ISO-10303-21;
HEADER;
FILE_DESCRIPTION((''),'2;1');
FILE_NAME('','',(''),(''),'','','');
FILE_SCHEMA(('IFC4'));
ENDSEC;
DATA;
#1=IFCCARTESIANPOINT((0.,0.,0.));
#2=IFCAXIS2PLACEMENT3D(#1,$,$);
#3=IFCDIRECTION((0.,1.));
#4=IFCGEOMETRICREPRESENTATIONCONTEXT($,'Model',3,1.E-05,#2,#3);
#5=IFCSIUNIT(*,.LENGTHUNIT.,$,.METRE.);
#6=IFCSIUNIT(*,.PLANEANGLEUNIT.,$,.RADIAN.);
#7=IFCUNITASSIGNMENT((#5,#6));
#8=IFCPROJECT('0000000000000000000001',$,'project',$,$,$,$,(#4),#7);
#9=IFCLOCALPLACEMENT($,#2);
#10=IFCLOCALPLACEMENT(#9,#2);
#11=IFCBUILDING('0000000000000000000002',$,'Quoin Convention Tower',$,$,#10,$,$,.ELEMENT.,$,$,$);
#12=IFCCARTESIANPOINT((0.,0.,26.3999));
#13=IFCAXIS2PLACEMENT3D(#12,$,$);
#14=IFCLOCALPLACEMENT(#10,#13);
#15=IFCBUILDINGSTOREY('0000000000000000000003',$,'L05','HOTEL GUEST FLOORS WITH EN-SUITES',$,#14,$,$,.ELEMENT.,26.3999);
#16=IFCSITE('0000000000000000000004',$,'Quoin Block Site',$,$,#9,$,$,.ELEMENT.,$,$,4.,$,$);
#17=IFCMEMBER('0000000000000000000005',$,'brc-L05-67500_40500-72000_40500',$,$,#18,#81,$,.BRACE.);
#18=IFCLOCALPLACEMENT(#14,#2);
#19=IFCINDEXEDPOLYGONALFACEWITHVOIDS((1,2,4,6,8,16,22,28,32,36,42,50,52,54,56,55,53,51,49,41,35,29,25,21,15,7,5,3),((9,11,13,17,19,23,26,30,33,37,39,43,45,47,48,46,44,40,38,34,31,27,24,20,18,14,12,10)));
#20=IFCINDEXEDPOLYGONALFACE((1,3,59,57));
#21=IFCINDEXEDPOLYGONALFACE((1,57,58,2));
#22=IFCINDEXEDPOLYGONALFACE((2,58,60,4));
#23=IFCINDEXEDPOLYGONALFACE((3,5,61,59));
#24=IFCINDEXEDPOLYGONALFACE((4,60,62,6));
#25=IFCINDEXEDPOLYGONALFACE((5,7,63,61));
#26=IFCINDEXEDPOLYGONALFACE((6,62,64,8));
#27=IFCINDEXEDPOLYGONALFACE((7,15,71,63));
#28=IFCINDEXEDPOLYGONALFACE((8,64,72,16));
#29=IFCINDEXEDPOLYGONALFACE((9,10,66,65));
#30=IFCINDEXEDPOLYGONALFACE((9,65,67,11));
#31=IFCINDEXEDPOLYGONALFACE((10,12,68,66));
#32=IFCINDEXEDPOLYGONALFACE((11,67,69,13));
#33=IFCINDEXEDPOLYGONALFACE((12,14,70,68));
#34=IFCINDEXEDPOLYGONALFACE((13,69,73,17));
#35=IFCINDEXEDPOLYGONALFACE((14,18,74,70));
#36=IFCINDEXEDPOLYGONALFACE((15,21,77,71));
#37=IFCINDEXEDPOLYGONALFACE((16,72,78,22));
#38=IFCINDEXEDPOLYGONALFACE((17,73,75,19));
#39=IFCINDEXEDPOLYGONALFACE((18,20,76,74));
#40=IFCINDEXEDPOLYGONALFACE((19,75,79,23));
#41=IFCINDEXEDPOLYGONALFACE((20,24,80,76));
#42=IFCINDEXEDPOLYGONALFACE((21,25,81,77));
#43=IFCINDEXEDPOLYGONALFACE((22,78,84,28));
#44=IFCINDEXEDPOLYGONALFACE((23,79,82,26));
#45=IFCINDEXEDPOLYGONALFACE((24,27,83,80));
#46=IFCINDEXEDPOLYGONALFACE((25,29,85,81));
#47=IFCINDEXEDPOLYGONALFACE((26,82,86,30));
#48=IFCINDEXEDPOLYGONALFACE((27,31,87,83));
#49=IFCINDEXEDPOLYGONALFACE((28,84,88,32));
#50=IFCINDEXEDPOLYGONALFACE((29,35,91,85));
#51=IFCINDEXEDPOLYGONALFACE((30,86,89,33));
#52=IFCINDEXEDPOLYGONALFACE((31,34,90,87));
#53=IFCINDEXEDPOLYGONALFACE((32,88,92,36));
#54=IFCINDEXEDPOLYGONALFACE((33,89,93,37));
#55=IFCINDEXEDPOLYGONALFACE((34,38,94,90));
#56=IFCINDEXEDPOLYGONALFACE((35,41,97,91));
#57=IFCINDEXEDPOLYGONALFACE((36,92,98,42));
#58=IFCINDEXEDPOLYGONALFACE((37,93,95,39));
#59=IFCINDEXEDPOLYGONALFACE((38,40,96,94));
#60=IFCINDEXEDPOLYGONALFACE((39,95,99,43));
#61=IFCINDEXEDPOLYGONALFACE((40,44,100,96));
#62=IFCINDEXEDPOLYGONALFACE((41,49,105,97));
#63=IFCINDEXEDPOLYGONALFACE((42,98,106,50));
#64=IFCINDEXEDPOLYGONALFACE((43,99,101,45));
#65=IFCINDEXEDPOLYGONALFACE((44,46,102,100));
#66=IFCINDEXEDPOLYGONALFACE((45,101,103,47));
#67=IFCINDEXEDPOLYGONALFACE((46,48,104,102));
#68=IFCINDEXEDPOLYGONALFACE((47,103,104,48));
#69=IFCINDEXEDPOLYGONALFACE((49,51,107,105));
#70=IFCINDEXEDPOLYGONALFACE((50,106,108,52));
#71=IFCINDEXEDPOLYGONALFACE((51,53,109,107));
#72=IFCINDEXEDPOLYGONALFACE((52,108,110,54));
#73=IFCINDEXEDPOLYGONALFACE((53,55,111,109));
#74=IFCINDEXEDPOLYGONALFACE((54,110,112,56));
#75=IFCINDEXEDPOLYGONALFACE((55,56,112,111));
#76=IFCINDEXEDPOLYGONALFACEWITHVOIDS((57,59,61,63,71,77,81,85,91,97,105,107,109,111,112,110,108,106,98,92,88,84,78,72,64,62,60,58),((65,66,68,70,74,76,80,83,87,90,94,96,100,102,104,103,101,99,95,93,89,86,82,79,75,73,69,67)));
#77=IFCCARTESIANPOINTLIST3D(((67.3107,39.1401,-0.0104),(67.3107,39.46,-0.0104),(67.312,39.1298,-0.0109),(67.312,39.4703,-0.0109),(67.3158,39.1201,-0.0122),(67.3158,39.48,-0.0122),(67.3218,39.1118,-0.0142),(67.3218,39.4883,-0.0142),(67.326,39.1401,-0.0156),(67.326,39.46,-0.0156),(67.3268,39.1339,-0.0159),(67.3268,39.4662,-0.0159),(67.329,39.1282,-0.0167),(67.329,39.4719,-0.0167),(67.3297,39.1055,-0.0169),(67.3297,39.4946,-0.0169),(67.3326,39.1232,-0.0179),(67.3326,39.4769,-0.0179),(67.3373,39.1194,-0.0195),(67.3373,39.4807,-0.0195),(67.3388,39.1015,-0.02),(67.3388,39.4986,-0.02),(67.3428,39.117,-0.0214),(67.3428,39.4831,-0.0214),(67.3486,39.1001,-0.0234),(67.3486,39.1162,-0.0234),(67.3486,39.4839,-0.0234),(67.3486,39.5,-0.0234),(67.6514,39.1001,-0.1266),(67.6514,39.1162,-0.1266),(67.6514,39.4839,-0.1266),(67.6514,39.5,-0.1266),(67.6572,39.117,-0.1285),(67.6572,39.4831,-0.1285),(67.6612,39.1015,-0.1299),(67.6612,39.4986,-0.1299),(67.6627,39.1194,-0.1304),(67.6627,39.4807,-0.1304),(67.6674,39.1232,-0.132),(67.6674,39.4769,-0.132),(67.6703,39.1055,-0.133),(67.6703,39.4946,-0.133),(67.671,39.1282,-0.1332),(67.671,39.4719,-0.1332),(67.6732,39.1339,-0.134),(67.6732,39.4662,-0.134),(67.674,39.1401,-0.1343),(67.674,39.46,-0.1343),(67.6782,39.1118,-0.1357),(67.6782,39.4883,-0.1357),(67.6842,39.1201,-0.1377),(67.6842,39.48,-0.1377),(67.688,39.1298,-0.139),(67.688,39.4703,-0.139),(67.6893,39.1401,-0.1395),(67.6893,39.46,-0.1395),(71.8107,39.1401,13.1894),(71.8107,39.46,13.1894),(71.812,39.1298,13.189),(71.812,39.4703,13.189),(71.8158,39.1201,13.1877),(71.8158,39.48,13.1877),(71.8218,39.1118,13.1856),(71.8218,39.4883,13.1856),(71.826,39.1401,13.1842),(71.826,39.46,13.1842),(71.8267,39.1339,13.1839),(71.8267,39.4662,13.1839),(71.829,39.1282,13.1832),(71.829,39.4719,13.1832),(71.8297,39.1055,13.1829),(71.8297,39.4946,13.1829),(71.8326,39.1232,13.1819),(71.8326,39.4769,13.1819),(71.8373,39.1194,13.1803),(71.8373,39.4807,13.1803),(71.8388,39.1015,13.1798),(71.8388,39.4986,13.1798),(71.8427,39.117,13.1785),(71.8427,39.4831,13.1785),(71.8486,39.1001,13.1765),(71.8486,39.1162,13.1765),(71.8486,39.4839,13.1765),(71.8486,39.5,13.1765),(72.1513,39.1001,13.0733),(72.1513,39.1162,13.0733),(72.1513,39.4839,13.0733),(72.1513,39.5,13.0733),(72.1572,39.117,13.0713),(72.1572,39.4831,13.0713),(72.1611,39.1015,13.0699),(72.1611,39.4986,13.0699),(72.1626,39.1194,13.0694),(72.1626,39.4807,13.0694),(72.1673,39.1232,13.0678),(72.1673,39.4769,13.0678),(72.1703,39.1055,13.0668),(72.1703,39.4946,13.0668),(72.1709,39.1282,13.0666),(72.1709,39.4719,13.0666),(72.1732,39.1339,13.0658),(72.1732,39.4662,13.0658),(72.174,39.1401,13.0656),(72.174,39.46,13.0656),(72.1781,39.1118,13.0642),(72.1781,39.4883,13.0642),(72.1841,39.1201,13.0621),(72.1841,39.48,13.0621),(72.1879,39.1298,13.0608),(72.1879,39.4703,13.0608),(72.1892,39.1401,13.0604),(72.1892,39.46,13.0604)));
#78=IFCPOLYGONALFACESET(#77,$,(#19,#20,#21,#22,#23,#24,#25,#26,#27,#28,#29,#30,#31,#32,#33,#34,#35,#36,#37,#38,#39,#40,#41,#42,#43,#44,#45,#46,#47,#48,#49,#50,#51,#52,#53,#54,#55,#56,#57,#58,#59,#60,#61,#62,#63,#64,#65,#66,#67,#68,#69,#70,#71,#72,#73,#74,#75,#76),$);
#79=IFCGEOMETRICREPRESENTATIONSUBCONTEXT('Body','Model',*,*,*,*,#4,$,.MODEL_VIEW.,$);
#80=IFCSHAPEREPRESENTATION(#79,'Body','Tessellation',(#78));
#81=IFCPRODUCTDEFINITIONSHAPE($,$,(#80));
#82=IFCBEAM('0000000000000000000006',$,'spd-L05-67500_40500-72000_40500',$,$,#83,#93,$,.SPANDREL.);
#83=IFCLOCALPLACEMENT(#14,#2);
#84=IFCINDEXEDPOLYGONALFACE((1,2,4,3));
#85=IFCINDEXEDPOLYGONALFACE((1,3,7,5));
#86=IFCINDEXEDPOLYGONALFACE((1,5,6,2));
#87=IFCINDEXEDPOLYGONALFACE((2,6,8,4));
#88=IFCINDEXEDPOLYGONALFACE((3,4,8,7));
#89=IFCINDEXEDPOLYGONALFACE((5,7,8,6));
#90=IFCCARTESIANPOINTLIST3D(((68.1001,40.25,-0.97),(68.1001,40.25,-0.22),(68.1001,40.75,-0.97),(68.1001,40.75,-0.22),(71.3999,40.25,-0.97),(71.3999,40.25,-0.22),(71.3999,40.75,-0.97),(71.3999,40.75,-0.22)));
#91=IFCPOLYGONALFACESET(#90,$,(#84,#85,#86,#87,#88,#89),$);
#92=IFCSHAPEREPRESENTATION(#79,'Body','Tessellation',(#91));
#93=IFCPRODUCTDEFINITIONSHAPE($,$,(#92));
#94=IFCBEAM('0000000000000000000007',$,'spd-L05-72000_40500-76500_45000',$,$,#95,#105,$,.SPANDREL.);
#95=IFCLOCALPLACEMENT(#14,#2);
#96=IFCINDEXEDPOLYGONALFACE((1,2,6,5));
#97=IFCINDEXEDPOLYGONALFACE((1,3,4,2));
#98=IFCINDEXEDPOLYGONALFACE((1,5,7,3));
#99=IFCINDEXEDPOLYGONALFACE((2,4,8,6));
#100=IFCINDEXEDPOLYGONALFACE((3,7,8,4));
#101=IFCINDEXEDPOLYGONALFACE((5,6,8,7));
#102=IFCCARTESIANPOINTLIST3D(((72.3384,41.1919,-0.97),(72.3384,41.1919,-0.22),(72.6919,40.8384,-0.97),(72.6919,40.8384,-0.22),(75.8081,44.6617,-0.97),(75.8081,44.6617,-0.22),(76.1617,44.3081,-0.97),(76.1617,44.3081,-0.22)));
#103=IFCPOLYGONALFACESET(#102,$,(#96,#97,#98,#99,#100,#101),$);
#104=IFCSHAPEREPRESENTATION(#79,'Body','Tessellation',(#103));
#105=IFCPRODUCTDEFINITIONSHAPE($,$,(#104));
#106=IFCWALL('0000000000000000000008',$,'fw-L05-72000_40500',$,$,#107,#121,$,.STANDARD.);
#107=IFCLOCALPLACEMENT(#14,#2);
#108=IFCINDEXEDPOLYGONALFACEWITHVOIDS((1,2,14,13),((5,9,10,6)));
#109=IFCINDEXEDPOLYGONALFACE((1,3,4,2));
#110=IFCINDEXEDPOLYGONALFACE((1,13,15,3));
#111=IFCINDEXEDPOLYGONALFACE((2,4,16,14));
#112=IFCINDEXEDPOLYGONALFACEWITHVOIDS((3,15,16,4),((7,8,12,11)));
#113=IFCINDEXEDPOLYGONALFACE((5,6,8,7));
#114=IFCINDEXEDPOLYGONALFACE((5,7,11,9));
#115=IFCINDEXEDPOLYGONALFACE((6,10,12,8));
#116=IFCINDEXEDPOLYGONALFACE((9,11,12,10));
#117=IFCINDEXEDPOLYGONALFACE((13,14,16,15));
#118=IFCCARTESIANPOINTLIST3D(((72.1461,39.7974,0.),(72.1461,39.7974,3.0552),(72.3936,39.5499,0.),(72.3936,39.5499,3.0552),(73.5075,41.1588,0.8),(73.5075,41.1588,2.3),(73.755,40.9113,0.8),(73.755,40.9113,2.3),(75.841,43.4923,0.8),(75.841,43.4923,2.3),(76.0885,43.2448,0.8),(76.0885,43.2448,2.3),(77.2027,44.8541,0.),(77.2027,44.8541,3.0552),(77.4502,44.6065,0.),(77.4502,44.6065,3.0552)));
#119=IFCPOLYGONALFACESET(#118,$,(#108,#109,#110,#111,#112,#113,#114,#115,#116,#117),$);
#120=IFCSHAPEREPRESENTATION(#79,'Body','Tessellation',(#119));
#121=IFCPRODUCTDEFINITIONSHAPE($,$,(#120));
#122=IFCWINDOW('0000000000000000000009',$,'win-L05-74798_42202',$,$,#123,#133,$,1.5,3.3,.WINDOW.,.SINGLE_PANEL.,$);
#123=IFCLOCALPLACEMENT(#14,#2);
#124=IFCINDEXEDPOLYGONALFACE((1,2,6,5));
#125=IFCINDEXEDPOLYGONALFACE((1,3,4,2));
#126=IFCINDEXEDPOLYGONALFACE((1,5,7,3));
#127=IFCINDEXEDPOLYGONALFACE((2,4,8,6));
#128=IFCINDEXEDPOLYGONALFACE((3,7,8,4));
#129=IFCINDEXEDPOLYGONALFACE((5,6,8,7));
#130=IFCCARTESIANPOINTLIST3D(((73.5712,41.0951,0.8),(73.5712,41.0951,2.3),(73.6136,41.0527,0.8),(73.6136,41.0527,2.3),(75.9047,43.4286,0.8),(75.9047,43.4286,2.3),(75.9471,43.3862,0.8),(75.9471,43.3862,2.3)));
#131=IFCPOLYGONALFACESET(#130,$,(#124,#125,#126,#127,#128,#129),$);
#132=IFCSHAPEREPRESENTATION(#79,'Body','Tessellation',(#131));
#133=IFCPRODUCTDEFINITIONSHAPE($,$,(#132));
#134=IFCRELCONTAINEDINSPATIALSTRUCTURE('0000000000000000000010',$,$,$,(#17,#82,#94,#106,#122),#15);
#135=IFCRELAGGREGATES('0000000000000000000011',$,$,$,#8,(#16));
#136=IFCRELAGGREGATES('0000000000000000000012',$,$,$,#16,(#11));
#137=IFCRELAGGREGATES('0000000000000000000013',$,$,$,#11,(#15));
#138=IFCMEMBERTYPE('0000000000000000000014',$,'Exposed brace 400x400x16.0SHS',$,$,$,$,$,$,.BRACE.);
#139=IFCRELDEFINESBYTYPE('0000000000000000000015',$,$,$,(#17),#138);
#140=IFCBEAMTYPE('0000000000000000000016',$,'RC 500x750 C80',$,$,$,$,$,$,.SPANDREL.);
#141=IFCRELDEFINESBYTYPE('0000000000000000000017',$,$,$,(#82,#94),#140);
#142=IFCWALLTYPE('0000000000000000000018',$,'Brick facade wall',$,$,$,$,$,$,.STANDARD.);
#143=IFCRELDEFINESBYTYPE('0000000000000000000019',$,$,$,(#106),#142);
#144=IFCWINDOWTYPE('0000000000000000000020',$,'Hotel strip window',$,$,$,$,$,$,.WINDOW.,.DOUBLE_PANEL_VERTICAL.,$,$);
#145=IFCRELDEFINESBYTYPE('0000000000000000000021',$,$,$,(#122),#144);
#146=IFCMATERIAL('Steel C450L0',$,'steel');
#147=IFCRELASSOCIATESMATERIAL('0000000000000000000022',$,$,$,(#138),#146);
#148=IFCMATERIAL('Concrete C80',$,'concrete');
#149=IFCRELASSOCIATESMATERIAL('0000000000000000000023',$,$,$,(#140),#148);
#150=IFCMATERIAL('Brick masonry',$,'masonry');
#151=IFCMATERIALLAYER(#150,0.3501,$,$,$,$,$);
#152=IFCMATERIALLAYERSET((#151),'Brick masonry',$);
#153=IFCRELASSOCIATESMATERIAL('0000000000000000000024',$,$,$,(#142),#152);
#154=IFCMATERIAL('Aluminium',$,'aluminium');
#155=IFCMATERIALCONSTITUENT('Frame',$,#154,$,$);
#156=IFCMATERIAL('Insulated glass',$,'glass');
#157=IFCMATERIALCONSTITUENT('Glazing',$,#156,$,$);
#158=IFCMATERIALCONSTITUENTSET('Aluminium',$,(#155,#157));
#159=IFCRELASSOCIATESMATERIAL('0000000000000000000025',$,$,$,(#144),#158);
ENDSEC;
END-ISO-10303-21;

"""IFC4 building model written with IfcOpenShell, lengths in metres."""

from ifc_helpers import new_model, si_unit, direction, frame, frame_2d, origin, origin_2d, place, context, subcontext, project, spatial, rectangle, hollow_rectangle, extrude, material, layer, layer_set, constituent, constituent_set, material_profile, profile_set, type_object, element, fill, save


model = new_model("IFC4")

# Units and contexts
model_context = context("Model", 3, precision=1e-05, world=origin(), true_north=direction((0.0, 1.0)))
body_context = subcontext(model_context, "Body", "Model", "MODEL_VIEW")
ifc_project = project(units=[si_unit("LENGTHUNIT", "METRE"), si_unit("PLANEANGLEUNIT", "RADIAN")], contexts=[model_context])

# Site, building, storey
site_placement = place(None, origin())
site = spatial("IfcSite", under=ifc_project, at=site_placement, Name="Quoin Block Site", CompositionType="ELEMENT", RefElevation=4.0)
building_placement = place(site_placement, origin())
building = spatial("IfcBuilding", under=site, at=building_placement, Name="Quoin Convention Tower", CompositionType="ELEMENT")
storey_placement = place(building_placement, frame((0.0, 0.0, 26.3999)))
storey = spatial("IfcBuildingStorey", under=building, at=storey_placement, Name="L05", Description="HOTEL GUEST FLOORS WITH EN-SUITES", CompositionType="ELEMENT", Elevation=26.3999)

# Shared definitions
ifc_material_1 = material(Name="Concrete C80", Category="concrete")

# Shared definitions
ifc_material_2 = material(Name="Steel C450L0", Category="steel")

# Member
ifc_material_profile_1 = material_profile(ifc_material_2, hollow_rectangle(XDim=0.3999, YDim=0.3999, WallThickness=0.0161, InnerFilletRadius=0.0239, OuterFilletRadius=0.04, at=origin_2d()), Name="400x400x16.0SHS")
ifc_profile_set_1 = profile_set([ifc_material_profile_1], Name="Steel C450L0")
member_type = type_object("IfcMemberType", Name="Exposed brace 400x400x16.0SHS", PredefinedType="BRACE", material=ifc_profile_set_1)
for number, where, z_axis, x_axis, name in (
    (1, (67.5, 39.3, -0.075), (0.322675, 0.0, 0.94651), (0.0, 1.0, 0.0), "brc-L05-67500_40500-72000_40500"),
):
    element("IfcMember", number, at=place(storey_placement, frame(where, z_axis=z_axis, x_axis=x_axis)), inside=storey, type_object=member_type, Name=name, PredefinedType="BRACE", context=body_context, shape_type="SweptSolid", body=[
        extrude(hollow_rectangle(XDim=0.3999, YDim=0.3999, WallThickness=0.0161, InnerFilletRadius=0.0239, OuterFilletRadius=0.04, at=origin_2d()), origin(), (0.0, 0.0, 1.0), 13.9458),
    ])

# Beams
ifc_material_profile_2 = material_profile(ifc_material_1, rectangle(XDim=0.5, YDim=0.75, at=origin_2d()), Name="RC 500x750")
ifc_profile_set_2 = profile_set([ifc_material_profile_2], Name="Concrete C80")
beam_type_1 = type_object("IfcBeamType", Name="RC 500x750 C80", PredefinedType="SPANDREL", material=ifc_profile_set_2)
beam_1_placement = place(storey_placement, frame((68.1001, 40.5, -0.595), z_axis=(1.0, 0.0, 0.0), x_axis=(0.0, 1.0, 0.0)))
element("IfcBeam", 2, at=beam_1_placement, inside=storey, type_object=beam_type_1, Name="spd-L05-67500_40500-72000_40500", PredefinedType="SPANDREL", context=body_context, shape_type="SweptSolid", body=[
    extrude(rectangle(XDim=0.5, YDim=0.75, at=origin_2d()), origin(), (0.0, 0.0, 1.0), 3.2998),
])
beam_2_placement = place(storey_placement, frame((72.5151, 41.0151, -0.595), z_axis=(0.707107, 0.707107, 0.0), x_axis=(-0.707107, 0.707107, 0.0)))
element("IfcBeam", 3, at=beam_2_placement, inside=storey, type_object=beam_type_1, Name="spd-L05-72000_40500-76500_45000", PredefinedType="SPANDREL", context=body_context, shape_type="SweptSolid", body=[
    extrude(rectangle(XDim=0.5, YDim=0.75, at=origin_2d()), origin(), (0.0, 0.0, 1.0), 4.907),
])

# Wall, opening, window
ifc_material_3 = material(Name="Brick masonry", Category="masonry")
ifc_layer_1 = layer(ifc_material_3, 0.3501)
ifc_layer_set_1 = layer_set([ifc_layer_1], Name="Brick masonry")
wall_type_1 = type_object("IfcWallType", Name="Brick facade wall", PredefinedType="STANDARD", material=ifc_layer_set_1)
wall_1_placement = place(storey_placement, frame((72.2698, 39.6736, 0.0), z_axis=(0.0, 0.0, 1.0), x_axis=(0.707107, 0.707107, 0.0)))
wall_1 = element("IfcWall", 4, at=wall_1_placement, inside=storey, type_object=wall_type_1, Name="fw-L05-72000_40500", PredefinedType="STANDARD", context=body_context, shape_type="SweptSolid", body=[
    extrude(rectangle(XDim=7.1511, YDim=0.3501, at=frame_2d((3.5757, 0.0))), origin(), (0.0, 0.0, 1.0), 3.0552),
])
opening_1_placement = place(wall_1_placement, frame((1.9255, 0.0, 0.8)))
opening_1 = element("IfcOpeningElement", 5, at=opening_1_placement, cuts=wall_1, PredefinedType="OPENING", context=body_context, shape_type="SweptSolid", body=[
    extrude(rectangle(XDim=3.3, YDim=1.5, at=frame_2d((1.6499, 0.75))), frame((0.0, 0.1851, 0.0), z_axis=(0.0, -1.0, 0.0), x_axis=(1.0, 0.0, 0.0)), (0.0, 0.0, 1.0), 0.3701),
])
ifc_material_4 = material(Name="Aluminium", Category="aluminium")
ifc_constituent_1 = constituent(ifc_material_4, Name="Frame")
ifc_material_5 = material(Name="Insulated glass", Category="glass")
ifc_constituent_2 = constituent(ifc_material_5, Name="Glazing")
ifc_constituent_set = constituent_set(constituents=[ifc_constituent_1, ifc_constituent_2], Name="Aluminium")
window_type = type_object("IfcWindowType", Name="Hotel strip window", PartitioningType="DOUBLE_PANEL_VERTICAL", PredefinedType="WINDOW", material=ifc_constituent_set)
window_1_placement = place(opening_1_placement, origin())
window_1 = element("IfcWindow", 6, at=window_1_placement, inside=storey, type_object=window_type, Name="win-L05-74798_42202", OverallHeight=1.5, OverallWidth=3.3, PartitioningType="SINGLE_PANEL", PredefinedType="WINDOW", context=body_context, shape_type="SweptSolid", body=[
    extrude(rectangle(XDim=3.3, YDim=1.5, at=frame_2d((1.6499, 0.75))), frame((0.0, 0.085, 0.0), z_axis=(0.0, -1.0, 0.0), x_axis=(1.0, 0.0, 0.0)), (0.0, 0.0, 1.0), 0.0601),
])
fill(opening_1, window_1)

save(model, "model.ifc")
